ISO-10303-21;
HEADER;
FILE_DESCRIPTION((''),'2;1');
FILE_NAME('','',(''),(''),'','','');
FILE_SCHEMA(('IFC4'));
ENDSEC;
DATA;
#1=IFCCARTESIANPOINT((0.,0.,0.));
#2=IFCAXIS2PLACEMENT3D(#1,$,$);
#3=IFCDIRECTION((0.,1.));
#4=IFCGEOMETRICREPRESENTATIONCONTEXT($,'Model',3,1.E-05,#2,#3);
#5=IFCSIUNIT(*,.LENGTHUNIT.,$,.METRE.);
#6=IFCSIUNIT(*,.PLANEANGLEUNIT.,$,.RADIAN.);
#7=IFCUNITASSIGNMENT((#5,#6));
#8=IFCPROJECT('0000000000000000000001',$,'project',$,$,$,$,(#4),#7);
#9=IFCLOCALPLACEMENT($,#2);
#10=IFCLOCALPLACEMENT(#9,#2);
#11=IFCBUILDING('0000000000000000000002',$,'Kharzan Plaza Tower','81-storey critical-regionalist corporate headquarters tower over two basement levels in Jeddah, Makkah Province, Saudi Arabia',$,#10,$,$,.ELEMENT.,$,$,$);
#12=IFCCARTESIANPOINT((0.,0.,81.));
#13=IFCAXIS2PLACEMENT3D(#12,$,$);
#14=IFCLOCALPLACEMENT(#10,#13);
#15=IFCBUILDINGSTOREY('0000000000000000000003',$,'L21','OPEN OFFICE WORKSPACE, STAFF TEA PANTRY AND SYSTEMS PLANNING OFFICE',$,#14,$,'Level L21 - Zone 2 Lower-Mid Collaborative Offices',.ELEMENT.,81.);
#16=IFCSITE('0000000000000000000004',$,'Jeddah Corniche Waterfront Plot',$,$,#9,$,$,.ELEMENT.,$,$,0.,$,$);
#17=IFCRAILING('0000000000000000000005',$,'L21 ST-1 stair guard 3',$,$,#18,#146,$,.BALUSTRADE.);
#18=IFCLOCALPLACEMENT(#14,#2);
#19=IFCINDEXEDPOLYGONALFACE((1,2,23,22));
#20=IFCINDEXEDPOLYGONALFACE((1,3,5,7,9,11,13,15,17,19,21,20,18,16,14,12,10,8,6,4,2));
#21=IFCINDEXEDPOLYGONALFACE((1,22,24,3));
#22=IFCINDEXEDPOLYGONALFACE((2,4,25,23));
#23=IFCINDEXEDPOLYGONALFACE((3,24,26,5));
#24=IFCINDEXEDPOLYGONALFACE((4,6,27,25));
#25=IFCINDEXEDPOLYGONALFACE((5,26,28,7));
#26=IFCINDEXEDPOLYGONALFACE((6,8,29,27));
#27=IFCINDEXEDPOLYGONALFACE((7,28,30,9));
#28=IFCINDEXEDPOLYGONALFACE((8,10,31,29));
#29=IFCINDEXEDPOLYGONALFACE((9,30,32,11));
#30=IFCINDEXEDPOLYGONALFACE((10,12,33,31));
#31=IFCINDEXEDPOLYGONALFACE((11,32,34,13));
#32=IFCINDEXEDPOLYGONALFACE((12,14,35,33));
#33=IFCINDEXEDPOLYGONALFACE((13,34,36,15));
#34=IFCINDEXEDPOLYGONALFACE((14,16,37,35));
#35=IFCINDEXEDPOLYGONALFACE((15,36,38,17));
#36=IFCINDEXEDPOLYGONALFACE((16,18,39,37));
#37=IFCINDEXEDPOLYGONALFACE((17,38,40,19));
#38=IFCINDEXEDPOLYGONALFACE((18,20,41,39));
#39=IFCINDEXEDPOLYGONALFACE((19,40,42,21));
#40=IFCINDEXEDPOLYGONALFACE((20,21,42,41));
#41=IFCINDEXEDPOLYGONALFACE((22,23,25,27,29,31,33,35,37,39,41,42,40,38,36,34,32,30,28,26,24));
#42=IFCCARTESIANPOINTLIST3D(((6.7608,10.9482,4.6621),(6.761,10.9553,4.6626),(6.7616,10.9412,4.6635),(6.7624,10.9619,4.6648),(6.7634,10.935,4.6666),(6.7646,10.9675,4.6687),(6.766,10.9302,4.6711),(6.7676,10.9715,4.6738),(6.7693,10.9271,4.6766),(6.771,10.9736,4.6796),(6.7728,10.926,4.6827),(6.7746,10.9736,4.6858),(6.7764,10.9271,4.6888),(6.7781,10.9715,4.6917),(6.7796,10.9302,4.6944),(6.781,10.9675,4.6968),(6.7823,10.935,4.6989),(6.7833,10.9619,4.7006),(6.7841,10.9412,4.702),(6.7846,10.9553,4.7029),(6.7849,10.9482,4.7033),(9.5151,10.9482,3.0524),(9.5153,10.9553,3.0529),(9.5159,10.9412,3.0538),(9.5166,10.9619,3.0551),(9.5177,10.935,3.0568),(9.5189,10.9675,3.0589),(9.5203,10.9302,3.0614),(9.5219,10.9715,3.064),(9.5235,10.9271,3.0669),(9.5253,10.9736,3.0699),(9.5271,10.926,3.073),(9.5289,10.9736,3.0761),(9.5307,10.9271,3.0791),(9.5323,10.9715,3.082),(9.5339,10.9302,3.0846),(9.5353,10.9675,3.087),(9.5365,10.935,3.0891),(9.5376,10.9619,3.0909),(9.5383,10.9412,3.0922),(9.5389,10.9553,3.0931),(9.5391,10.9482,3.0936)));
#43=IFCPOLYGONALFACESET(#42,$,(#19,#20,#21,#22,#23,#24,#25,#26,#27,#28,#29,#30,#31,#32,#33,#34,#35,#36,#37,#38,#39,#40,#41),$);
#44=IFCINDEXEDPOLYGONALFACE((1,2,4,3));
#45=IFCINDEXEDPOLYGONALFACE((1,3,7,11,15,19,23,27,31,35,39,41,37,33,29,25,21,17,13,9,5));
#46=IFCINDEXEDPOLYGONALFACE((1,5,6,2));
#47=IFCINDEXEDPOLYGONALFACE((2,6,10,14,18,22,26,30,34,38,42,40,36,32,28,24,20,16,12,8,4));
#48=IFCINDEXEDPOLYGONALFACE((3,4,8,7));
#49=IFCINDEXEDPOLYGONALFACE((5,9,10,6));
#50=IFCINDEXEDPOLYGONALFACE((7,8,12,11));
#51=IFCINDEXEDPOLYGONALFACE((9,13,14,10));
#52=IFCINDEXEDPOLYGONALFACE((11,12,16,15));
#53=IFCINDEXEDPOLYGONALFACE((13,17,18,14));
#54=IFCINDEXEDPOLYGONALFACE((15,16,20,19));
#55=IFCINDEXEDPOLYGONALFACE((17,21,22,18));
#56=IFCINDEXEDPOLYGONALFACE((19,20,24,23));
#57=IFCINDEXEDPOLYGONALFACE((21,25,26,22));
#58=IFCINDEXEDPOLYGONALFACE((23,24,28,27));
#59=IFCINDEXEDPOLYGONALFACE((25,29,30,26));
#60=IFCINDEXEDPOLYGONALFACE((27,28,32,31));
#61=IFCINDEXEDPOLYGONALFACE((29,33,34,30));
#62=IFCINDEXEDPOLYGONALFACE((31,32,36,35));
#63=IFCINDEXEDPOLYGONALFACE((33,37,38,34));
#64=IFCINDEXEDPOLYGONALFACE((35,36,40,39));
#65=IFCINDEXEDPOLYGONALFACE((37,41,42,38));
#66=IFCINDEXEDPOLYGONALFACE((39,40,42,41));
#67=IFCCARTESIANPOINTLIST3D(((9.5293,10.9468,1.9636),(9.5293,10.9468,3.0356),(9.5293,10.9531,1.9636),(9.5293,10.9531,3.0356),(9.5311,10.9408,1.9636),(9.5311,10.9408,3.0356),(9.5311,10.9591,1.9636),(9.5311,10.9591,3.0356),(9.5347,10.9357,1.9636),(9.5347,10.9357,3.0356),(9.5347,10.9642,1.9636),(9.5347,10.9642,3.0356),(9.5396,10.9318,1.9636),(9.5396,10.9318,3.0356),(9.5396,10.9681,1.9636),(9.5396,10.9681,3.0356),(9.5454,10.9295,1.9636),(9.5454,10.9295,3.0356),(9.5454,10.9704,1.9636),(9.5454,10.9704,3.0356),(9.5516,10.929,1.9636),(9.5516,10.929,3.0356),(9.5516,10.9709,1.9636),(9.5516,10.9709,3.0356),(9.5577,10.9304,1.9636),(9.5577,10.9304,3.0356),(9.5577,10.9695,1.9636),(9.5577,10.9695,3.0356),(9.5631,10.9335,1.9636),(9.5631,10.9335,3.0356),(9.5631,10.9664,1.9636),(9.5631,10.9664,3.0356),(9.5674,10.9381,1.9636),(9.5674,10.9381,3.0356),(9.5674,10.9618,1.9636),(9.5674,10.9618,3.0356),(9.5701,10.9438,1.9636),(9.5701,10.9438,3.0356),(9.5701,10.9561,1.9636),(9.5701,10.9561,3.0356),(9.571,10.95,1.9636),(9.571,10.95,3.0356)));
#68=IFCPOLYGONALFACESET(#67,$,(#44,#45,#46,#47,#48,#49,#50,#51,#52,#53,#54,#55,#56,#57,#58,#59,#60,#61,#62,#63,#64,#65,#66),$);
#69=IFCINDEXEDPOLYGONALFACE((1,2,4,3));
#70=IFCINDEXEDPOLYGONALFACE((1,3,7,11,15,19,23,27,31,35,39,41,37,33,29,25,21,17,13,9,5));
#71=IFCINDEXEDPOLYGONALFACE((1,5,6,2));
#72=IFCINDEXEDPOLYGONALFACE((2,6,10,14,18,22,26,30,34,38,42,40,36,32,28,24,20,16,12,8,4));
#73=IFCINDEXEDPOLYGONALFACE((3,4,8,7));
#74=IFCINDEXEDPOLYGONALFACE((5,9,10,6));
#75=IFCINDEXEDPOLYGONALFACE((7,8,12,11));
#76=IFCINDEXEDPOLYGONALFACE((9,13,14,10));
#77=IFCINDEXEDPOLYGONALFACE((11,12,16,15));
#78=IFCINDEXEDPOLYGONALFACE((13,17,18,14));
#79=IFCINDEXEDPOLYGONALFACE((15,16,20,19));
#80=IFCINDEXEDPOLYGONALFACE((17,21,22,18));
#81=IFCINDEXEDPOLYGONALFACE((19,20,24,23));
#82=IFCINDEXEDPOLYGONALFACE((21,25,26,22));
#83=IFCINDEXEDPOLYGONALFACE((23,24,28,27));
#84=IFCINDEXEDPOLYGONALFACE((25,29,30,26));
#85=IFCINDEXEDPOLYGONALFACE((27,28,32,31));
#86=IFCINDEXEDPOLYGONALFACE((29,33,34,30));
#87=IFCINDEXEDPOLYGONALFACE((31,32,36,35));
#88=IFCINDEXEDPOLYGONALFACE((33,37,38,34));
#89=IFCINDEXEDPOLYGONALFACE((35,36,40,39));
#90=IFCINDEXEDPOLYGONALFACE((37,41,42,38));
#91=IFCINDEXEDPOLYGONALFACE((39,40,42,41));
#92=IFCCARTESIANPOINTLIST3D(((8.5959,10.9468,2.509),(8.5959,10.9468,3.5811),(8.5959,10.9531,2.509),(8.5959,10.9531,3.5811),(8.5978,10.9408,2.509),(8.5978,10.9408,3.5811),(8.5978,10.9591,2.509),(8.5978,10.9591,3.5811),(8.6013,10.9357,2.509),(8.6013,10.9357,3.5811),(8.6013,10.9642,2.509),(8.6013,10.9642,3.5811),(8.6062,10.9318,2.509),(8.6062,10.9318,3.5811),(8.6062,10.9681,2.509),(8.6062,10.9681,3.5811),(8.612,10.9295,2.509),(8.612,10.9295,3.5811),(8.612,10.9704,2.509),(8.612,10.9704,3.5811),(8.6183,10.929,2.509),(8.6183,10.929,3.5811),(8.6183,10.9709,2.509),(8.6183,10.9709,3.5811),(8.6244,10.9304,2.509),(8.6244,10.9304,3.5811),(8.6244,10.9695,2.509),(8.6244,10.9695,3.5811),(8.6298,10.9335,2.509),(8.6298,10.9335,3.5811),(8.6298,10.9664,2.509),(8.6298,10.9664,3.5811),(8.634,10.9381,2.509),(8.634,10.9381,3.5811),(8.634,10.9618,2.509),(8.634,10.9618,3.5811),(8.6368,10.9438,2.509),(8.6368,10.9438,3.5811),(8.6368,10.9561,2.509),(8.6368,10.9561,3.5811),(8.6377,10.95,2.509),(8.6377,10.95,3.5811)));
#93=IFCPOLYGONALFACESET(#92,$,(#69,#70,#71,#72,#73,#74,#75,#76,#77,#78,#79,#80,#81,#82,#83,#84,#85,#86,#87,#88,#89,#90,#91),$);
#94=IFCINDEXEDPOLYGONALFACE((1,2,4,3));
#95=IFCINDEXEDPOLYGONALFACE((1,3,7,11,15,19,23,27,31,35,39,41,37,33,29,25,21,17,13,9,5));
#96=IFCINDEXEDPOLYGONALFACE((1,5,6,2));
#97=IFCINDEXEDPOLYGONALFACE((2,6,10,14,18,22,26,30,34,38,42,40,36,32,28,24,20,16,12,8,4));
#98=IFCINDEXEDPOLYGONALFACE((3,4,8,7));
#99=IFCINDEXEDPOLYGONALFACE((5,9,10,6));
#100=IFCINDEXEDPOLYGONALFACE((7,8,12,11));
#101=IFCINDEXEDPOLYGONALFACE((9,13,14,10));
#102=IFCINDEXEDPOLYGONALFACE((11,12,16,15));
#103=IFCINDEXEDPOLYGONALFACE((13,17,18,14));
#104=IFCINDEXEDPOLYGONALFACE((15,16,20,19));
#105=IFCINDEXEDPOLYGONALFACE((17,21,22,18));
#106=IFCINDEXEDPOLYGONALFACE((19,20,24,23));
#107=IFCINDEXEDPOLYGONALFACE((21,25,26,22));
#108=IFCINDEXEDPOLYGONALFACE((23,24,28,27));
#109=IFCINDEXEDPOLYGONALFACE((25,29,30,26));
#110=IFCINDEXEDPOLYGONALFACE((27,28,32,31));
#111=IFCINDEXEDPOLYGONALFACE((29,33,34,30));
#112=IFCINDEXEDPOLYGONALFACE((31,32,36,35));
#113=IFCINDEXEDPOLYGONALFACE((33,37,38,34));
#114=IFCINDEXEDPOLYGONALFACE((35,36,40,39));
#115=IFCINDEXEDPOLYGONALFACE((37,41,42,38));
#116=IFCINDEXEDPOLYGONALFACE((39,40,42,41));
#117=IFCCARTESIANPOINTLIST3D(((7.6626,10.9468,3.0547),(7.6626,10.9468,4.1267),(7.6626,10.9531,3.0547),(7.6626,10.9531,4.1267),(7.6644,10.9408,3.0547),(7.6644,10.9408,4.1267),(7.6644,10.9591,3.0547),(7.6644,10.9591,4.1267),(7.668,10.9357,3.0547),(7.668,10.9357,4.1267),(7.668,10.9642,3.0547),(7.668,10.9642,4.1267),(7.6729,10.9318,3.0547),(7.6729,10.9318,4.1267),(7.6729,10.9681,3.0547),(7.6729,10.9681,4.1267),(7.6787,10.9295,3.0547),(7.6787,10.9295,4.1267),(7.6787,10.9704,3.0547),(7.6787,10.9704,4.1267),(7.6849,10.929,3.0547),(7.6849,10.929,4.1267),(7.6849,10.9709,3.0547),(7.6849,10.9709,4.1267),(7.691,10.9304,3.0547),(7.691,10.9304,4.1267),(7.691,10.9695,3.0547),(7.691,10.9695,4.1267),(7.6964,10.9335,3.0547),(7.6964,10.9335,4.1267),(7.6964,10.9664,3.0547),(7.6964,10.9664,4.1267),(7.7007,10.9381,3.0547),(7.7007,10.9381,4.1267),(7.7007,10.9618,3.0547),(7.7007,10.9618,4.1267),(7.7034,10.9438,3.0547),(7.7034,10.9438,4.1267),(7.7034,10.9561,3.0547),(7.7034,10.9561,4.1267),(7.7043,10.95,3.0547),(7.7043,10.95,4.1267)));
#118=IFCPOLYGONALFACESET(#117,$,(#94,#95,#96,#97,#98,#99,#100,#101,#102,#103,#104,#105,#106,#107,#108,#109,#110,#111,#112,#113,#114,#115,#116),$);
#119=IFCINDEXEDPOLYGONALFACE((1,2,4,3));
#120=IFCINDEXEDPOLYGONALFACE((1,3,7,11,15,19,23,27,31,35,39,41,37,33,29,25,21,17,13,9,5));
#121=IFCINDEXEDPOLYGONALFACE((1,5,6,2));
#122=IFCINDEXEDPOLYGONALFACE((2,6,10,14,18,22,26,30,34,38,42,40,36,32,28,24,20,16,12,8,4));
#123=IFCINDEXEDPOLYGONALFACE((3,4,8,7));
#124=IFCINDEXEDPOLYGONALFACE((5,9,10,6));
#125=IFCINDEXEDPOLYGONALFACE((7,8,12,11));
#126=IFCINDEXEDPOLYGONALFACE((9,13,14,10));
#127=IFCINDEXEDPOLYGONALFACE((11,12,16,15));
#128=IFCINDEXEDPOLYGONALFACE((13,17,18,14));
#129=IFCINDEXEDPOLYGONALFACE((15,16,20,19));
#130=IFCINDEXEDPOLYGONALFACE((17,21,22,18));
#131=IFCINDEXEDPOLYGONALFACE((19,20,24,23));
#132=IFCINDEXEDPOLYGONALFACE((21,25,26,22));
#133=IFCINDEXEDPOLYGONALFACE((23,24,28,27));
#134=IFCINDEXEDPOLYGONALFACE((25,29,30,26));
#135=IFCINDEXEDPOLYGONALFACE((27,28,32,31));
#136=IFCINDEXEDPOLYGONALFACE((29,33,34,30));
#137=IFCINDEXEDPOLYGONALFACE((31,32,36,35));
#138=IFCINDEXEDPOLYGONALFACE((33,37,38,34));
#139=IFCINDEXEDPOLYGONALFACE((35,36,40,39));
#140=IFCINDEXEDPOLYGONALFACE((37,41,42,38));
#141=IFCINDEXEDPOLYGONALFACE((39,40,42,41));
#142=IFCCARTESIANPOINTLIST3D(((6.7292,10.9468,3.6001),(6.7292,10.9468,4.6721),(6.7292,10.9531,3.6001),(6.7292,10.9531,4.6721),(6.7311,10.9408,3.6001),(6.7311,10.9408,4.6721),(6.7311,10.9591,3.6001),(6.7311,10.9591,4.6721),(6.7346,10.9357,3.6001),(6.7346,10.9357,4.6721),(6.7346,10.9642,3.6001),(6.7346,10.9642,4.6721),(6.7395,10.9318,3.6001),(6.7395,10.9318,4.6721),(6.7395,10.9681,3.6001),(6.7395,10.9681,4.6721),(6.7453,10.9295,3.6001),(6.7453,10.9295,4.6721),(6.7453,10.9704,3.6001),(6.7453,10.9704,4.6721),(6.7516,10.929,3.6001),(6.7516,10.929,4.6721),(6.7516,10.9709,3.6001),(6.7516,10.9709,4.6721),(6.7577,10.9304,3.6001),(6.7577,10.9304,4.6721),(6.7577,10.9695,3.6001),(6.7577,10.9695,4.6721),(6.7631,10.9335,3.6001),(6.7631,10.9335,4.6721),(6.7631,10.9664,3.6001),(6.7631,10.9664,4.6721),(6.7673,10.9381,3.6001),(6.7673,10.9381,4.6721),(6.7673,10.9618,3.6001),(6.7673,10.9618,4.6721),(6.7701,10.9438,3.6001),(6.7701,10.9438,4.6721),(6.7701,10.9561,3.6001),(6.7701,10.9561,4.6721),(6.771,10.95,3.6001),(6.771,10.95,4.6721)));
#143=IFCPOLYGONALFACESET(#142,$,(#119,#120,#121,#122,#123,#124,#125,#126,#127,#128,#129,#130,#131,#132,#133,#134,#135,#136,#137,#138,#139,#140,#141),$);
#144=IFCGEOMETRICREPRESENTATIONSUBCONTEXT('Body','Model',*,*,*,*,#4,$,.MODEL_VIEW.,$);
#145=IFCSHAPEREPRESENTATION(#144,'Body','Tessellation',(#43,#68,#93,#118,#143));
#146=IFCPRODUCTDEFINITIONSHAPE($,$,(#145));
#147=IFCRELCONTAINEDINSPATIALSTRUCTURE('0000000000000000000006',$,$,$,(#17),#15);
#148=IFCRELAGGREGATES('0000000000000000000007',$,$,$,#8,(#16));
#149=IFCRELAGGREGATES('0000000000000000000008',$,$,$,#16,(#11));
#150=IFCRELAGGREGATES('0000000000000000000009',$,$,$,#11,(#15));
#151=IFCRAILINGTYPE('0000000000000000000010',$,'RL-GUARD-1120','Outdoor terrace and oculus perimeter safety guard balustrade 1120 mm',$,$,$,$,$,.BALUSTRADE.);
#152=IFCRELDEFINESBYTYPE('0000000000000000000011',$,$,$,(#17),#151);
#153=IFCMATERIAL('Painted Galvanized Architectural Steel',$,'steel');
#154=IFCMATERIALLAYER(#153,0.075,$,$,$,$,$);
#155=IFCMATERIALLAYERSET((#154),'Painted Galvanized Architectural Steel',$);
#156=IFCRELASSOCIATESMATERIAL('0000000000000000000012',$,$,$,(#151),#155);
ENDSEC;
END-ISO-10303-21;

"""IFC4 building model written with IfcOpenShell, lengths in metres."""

from ifc_helpers import new_model, si_unit, direction, frame, origin, origin_2d, place, context, subcontext, project, spatial, circle, extrude, source, transform, mapped, material, layer, layer_set, type_object, element, save


model = new_model("IFC4")

# Units and contexts
model_context = context("Model", 3, precision=1e-05, world=origin(), true_north=direction((0.0, 1.0)))
body_context = subcontext(model_context, "Body", "Model", "MODEL_VIEW")
ifc_project = project(units=[si_unit("LENGTHUNIT", "METRE"), si_unit("PLANEANGLEUNIT", "RADIAN")], contexts=[model_context])

# Site, building, storey
site_placement = place(None, origin())
site = spatial("IfcSite", under=ifc_project, at=site_placement, Name="Jeddah Corniche Waterfront Plot", CompositionType="ELEMENT", RefElevation=0.0)
building_placement = place(site_placement, origin())
building = spatial("IfcBuilding", under=site, at=building_placement, Name="Kharzan Plaza Tower", Description="81-storey critical-regionalist corporate headquarters tower over two basement levels in Jeddah, Makkah Province, Saudi Arabia", CompositionType="ELEMENT")
storey_placement = place(building_placement, frame((0.0, 0.0, 81.0)))
storey = spatial("IfcBuildingStorey", under=building, at=storey_placement, Name="L21", Description="OPEN OFFICE WORKSPACE, STAFF TEA PANTRY AND SYSTEMS PLANNING OFFICE", LongName="Level L21 - Zone 2 Lower-Mid Collaborative Offices", CompositionType="ELEMENT", Elevation=81.0)

# Railing
ifc_material_1 = material(Name="Painted Galvanized Architectural Steel", Category="steel")
ifc_layer_1 = layer(ifc_material_1, 0.075)
ifc_layer_set_1 = layer_set([ifc_layer_1], Name="Painted Galvanized Architectural Steel")
railing_type_1 = type_object("IfcRailingType", Name="RL-GUARD-1120", Description="Outdoor terrace and oculus perimeter safety guard balustrade 1120 mm", PredefinedType="BALUSTRADE", material=ifc_layer_set_1)
shared_shape_1 = source(origin(), body_context, "Body", "SweptSolid", [
    extrude(circle(Radius=0.0239, at=origin_2d()), frame((-0.0229, 0.0, 1.1094), z_axis=(-0.863361, 0.0, 0.504587), x_axis=(0.0, -1.0, 0.0)), (0.0, 0.0, 1.0), 3.1902),
    extrude(circle(Radius=0.021, at=origin_2d()), origin(), (0.0, 0.0, 1.0), 1.072),
    extrude(circle(Radius=0.021, at=origin_2d()), frame((-0.9333, 0.0, 0.5454)), (0.0, 0.0, 1.0), 1.072),
    extrude(circle(Radius=0.021, at=origin_2d()), frame((-1.8667, 0.0, 1.0911)), (0.0, 0.0, 1.0), 1.072),
    extrude(circle(Radius=0.021, at=origin_2d()), frame((-2.8, 0.0, 1.6365)), (0.0, 0.0, 1.0), 1.072),
])
railing_1_placement = place(storey_placement, frame((9.55, 10.95, 1.9636)))
element("IfcRailing", 1, at=railing_1_placement, inside=storey, type_object=railing_type_1, Name="L21 ST-1 stair guard 3", PredefinedType="BALUSTRADE", context=body_context, shape_type="MappedRepresentation", body=[
    mapped(shared_shape_1, transform((0.0, 0.0, 0.0), x_axis=(1.0, 0.0, 0.0), y_axis=(0.0, 1.0, 0.0), z_axis=(0.0, 0.0, 1.0))),
])

save(model, "model.ifc")
